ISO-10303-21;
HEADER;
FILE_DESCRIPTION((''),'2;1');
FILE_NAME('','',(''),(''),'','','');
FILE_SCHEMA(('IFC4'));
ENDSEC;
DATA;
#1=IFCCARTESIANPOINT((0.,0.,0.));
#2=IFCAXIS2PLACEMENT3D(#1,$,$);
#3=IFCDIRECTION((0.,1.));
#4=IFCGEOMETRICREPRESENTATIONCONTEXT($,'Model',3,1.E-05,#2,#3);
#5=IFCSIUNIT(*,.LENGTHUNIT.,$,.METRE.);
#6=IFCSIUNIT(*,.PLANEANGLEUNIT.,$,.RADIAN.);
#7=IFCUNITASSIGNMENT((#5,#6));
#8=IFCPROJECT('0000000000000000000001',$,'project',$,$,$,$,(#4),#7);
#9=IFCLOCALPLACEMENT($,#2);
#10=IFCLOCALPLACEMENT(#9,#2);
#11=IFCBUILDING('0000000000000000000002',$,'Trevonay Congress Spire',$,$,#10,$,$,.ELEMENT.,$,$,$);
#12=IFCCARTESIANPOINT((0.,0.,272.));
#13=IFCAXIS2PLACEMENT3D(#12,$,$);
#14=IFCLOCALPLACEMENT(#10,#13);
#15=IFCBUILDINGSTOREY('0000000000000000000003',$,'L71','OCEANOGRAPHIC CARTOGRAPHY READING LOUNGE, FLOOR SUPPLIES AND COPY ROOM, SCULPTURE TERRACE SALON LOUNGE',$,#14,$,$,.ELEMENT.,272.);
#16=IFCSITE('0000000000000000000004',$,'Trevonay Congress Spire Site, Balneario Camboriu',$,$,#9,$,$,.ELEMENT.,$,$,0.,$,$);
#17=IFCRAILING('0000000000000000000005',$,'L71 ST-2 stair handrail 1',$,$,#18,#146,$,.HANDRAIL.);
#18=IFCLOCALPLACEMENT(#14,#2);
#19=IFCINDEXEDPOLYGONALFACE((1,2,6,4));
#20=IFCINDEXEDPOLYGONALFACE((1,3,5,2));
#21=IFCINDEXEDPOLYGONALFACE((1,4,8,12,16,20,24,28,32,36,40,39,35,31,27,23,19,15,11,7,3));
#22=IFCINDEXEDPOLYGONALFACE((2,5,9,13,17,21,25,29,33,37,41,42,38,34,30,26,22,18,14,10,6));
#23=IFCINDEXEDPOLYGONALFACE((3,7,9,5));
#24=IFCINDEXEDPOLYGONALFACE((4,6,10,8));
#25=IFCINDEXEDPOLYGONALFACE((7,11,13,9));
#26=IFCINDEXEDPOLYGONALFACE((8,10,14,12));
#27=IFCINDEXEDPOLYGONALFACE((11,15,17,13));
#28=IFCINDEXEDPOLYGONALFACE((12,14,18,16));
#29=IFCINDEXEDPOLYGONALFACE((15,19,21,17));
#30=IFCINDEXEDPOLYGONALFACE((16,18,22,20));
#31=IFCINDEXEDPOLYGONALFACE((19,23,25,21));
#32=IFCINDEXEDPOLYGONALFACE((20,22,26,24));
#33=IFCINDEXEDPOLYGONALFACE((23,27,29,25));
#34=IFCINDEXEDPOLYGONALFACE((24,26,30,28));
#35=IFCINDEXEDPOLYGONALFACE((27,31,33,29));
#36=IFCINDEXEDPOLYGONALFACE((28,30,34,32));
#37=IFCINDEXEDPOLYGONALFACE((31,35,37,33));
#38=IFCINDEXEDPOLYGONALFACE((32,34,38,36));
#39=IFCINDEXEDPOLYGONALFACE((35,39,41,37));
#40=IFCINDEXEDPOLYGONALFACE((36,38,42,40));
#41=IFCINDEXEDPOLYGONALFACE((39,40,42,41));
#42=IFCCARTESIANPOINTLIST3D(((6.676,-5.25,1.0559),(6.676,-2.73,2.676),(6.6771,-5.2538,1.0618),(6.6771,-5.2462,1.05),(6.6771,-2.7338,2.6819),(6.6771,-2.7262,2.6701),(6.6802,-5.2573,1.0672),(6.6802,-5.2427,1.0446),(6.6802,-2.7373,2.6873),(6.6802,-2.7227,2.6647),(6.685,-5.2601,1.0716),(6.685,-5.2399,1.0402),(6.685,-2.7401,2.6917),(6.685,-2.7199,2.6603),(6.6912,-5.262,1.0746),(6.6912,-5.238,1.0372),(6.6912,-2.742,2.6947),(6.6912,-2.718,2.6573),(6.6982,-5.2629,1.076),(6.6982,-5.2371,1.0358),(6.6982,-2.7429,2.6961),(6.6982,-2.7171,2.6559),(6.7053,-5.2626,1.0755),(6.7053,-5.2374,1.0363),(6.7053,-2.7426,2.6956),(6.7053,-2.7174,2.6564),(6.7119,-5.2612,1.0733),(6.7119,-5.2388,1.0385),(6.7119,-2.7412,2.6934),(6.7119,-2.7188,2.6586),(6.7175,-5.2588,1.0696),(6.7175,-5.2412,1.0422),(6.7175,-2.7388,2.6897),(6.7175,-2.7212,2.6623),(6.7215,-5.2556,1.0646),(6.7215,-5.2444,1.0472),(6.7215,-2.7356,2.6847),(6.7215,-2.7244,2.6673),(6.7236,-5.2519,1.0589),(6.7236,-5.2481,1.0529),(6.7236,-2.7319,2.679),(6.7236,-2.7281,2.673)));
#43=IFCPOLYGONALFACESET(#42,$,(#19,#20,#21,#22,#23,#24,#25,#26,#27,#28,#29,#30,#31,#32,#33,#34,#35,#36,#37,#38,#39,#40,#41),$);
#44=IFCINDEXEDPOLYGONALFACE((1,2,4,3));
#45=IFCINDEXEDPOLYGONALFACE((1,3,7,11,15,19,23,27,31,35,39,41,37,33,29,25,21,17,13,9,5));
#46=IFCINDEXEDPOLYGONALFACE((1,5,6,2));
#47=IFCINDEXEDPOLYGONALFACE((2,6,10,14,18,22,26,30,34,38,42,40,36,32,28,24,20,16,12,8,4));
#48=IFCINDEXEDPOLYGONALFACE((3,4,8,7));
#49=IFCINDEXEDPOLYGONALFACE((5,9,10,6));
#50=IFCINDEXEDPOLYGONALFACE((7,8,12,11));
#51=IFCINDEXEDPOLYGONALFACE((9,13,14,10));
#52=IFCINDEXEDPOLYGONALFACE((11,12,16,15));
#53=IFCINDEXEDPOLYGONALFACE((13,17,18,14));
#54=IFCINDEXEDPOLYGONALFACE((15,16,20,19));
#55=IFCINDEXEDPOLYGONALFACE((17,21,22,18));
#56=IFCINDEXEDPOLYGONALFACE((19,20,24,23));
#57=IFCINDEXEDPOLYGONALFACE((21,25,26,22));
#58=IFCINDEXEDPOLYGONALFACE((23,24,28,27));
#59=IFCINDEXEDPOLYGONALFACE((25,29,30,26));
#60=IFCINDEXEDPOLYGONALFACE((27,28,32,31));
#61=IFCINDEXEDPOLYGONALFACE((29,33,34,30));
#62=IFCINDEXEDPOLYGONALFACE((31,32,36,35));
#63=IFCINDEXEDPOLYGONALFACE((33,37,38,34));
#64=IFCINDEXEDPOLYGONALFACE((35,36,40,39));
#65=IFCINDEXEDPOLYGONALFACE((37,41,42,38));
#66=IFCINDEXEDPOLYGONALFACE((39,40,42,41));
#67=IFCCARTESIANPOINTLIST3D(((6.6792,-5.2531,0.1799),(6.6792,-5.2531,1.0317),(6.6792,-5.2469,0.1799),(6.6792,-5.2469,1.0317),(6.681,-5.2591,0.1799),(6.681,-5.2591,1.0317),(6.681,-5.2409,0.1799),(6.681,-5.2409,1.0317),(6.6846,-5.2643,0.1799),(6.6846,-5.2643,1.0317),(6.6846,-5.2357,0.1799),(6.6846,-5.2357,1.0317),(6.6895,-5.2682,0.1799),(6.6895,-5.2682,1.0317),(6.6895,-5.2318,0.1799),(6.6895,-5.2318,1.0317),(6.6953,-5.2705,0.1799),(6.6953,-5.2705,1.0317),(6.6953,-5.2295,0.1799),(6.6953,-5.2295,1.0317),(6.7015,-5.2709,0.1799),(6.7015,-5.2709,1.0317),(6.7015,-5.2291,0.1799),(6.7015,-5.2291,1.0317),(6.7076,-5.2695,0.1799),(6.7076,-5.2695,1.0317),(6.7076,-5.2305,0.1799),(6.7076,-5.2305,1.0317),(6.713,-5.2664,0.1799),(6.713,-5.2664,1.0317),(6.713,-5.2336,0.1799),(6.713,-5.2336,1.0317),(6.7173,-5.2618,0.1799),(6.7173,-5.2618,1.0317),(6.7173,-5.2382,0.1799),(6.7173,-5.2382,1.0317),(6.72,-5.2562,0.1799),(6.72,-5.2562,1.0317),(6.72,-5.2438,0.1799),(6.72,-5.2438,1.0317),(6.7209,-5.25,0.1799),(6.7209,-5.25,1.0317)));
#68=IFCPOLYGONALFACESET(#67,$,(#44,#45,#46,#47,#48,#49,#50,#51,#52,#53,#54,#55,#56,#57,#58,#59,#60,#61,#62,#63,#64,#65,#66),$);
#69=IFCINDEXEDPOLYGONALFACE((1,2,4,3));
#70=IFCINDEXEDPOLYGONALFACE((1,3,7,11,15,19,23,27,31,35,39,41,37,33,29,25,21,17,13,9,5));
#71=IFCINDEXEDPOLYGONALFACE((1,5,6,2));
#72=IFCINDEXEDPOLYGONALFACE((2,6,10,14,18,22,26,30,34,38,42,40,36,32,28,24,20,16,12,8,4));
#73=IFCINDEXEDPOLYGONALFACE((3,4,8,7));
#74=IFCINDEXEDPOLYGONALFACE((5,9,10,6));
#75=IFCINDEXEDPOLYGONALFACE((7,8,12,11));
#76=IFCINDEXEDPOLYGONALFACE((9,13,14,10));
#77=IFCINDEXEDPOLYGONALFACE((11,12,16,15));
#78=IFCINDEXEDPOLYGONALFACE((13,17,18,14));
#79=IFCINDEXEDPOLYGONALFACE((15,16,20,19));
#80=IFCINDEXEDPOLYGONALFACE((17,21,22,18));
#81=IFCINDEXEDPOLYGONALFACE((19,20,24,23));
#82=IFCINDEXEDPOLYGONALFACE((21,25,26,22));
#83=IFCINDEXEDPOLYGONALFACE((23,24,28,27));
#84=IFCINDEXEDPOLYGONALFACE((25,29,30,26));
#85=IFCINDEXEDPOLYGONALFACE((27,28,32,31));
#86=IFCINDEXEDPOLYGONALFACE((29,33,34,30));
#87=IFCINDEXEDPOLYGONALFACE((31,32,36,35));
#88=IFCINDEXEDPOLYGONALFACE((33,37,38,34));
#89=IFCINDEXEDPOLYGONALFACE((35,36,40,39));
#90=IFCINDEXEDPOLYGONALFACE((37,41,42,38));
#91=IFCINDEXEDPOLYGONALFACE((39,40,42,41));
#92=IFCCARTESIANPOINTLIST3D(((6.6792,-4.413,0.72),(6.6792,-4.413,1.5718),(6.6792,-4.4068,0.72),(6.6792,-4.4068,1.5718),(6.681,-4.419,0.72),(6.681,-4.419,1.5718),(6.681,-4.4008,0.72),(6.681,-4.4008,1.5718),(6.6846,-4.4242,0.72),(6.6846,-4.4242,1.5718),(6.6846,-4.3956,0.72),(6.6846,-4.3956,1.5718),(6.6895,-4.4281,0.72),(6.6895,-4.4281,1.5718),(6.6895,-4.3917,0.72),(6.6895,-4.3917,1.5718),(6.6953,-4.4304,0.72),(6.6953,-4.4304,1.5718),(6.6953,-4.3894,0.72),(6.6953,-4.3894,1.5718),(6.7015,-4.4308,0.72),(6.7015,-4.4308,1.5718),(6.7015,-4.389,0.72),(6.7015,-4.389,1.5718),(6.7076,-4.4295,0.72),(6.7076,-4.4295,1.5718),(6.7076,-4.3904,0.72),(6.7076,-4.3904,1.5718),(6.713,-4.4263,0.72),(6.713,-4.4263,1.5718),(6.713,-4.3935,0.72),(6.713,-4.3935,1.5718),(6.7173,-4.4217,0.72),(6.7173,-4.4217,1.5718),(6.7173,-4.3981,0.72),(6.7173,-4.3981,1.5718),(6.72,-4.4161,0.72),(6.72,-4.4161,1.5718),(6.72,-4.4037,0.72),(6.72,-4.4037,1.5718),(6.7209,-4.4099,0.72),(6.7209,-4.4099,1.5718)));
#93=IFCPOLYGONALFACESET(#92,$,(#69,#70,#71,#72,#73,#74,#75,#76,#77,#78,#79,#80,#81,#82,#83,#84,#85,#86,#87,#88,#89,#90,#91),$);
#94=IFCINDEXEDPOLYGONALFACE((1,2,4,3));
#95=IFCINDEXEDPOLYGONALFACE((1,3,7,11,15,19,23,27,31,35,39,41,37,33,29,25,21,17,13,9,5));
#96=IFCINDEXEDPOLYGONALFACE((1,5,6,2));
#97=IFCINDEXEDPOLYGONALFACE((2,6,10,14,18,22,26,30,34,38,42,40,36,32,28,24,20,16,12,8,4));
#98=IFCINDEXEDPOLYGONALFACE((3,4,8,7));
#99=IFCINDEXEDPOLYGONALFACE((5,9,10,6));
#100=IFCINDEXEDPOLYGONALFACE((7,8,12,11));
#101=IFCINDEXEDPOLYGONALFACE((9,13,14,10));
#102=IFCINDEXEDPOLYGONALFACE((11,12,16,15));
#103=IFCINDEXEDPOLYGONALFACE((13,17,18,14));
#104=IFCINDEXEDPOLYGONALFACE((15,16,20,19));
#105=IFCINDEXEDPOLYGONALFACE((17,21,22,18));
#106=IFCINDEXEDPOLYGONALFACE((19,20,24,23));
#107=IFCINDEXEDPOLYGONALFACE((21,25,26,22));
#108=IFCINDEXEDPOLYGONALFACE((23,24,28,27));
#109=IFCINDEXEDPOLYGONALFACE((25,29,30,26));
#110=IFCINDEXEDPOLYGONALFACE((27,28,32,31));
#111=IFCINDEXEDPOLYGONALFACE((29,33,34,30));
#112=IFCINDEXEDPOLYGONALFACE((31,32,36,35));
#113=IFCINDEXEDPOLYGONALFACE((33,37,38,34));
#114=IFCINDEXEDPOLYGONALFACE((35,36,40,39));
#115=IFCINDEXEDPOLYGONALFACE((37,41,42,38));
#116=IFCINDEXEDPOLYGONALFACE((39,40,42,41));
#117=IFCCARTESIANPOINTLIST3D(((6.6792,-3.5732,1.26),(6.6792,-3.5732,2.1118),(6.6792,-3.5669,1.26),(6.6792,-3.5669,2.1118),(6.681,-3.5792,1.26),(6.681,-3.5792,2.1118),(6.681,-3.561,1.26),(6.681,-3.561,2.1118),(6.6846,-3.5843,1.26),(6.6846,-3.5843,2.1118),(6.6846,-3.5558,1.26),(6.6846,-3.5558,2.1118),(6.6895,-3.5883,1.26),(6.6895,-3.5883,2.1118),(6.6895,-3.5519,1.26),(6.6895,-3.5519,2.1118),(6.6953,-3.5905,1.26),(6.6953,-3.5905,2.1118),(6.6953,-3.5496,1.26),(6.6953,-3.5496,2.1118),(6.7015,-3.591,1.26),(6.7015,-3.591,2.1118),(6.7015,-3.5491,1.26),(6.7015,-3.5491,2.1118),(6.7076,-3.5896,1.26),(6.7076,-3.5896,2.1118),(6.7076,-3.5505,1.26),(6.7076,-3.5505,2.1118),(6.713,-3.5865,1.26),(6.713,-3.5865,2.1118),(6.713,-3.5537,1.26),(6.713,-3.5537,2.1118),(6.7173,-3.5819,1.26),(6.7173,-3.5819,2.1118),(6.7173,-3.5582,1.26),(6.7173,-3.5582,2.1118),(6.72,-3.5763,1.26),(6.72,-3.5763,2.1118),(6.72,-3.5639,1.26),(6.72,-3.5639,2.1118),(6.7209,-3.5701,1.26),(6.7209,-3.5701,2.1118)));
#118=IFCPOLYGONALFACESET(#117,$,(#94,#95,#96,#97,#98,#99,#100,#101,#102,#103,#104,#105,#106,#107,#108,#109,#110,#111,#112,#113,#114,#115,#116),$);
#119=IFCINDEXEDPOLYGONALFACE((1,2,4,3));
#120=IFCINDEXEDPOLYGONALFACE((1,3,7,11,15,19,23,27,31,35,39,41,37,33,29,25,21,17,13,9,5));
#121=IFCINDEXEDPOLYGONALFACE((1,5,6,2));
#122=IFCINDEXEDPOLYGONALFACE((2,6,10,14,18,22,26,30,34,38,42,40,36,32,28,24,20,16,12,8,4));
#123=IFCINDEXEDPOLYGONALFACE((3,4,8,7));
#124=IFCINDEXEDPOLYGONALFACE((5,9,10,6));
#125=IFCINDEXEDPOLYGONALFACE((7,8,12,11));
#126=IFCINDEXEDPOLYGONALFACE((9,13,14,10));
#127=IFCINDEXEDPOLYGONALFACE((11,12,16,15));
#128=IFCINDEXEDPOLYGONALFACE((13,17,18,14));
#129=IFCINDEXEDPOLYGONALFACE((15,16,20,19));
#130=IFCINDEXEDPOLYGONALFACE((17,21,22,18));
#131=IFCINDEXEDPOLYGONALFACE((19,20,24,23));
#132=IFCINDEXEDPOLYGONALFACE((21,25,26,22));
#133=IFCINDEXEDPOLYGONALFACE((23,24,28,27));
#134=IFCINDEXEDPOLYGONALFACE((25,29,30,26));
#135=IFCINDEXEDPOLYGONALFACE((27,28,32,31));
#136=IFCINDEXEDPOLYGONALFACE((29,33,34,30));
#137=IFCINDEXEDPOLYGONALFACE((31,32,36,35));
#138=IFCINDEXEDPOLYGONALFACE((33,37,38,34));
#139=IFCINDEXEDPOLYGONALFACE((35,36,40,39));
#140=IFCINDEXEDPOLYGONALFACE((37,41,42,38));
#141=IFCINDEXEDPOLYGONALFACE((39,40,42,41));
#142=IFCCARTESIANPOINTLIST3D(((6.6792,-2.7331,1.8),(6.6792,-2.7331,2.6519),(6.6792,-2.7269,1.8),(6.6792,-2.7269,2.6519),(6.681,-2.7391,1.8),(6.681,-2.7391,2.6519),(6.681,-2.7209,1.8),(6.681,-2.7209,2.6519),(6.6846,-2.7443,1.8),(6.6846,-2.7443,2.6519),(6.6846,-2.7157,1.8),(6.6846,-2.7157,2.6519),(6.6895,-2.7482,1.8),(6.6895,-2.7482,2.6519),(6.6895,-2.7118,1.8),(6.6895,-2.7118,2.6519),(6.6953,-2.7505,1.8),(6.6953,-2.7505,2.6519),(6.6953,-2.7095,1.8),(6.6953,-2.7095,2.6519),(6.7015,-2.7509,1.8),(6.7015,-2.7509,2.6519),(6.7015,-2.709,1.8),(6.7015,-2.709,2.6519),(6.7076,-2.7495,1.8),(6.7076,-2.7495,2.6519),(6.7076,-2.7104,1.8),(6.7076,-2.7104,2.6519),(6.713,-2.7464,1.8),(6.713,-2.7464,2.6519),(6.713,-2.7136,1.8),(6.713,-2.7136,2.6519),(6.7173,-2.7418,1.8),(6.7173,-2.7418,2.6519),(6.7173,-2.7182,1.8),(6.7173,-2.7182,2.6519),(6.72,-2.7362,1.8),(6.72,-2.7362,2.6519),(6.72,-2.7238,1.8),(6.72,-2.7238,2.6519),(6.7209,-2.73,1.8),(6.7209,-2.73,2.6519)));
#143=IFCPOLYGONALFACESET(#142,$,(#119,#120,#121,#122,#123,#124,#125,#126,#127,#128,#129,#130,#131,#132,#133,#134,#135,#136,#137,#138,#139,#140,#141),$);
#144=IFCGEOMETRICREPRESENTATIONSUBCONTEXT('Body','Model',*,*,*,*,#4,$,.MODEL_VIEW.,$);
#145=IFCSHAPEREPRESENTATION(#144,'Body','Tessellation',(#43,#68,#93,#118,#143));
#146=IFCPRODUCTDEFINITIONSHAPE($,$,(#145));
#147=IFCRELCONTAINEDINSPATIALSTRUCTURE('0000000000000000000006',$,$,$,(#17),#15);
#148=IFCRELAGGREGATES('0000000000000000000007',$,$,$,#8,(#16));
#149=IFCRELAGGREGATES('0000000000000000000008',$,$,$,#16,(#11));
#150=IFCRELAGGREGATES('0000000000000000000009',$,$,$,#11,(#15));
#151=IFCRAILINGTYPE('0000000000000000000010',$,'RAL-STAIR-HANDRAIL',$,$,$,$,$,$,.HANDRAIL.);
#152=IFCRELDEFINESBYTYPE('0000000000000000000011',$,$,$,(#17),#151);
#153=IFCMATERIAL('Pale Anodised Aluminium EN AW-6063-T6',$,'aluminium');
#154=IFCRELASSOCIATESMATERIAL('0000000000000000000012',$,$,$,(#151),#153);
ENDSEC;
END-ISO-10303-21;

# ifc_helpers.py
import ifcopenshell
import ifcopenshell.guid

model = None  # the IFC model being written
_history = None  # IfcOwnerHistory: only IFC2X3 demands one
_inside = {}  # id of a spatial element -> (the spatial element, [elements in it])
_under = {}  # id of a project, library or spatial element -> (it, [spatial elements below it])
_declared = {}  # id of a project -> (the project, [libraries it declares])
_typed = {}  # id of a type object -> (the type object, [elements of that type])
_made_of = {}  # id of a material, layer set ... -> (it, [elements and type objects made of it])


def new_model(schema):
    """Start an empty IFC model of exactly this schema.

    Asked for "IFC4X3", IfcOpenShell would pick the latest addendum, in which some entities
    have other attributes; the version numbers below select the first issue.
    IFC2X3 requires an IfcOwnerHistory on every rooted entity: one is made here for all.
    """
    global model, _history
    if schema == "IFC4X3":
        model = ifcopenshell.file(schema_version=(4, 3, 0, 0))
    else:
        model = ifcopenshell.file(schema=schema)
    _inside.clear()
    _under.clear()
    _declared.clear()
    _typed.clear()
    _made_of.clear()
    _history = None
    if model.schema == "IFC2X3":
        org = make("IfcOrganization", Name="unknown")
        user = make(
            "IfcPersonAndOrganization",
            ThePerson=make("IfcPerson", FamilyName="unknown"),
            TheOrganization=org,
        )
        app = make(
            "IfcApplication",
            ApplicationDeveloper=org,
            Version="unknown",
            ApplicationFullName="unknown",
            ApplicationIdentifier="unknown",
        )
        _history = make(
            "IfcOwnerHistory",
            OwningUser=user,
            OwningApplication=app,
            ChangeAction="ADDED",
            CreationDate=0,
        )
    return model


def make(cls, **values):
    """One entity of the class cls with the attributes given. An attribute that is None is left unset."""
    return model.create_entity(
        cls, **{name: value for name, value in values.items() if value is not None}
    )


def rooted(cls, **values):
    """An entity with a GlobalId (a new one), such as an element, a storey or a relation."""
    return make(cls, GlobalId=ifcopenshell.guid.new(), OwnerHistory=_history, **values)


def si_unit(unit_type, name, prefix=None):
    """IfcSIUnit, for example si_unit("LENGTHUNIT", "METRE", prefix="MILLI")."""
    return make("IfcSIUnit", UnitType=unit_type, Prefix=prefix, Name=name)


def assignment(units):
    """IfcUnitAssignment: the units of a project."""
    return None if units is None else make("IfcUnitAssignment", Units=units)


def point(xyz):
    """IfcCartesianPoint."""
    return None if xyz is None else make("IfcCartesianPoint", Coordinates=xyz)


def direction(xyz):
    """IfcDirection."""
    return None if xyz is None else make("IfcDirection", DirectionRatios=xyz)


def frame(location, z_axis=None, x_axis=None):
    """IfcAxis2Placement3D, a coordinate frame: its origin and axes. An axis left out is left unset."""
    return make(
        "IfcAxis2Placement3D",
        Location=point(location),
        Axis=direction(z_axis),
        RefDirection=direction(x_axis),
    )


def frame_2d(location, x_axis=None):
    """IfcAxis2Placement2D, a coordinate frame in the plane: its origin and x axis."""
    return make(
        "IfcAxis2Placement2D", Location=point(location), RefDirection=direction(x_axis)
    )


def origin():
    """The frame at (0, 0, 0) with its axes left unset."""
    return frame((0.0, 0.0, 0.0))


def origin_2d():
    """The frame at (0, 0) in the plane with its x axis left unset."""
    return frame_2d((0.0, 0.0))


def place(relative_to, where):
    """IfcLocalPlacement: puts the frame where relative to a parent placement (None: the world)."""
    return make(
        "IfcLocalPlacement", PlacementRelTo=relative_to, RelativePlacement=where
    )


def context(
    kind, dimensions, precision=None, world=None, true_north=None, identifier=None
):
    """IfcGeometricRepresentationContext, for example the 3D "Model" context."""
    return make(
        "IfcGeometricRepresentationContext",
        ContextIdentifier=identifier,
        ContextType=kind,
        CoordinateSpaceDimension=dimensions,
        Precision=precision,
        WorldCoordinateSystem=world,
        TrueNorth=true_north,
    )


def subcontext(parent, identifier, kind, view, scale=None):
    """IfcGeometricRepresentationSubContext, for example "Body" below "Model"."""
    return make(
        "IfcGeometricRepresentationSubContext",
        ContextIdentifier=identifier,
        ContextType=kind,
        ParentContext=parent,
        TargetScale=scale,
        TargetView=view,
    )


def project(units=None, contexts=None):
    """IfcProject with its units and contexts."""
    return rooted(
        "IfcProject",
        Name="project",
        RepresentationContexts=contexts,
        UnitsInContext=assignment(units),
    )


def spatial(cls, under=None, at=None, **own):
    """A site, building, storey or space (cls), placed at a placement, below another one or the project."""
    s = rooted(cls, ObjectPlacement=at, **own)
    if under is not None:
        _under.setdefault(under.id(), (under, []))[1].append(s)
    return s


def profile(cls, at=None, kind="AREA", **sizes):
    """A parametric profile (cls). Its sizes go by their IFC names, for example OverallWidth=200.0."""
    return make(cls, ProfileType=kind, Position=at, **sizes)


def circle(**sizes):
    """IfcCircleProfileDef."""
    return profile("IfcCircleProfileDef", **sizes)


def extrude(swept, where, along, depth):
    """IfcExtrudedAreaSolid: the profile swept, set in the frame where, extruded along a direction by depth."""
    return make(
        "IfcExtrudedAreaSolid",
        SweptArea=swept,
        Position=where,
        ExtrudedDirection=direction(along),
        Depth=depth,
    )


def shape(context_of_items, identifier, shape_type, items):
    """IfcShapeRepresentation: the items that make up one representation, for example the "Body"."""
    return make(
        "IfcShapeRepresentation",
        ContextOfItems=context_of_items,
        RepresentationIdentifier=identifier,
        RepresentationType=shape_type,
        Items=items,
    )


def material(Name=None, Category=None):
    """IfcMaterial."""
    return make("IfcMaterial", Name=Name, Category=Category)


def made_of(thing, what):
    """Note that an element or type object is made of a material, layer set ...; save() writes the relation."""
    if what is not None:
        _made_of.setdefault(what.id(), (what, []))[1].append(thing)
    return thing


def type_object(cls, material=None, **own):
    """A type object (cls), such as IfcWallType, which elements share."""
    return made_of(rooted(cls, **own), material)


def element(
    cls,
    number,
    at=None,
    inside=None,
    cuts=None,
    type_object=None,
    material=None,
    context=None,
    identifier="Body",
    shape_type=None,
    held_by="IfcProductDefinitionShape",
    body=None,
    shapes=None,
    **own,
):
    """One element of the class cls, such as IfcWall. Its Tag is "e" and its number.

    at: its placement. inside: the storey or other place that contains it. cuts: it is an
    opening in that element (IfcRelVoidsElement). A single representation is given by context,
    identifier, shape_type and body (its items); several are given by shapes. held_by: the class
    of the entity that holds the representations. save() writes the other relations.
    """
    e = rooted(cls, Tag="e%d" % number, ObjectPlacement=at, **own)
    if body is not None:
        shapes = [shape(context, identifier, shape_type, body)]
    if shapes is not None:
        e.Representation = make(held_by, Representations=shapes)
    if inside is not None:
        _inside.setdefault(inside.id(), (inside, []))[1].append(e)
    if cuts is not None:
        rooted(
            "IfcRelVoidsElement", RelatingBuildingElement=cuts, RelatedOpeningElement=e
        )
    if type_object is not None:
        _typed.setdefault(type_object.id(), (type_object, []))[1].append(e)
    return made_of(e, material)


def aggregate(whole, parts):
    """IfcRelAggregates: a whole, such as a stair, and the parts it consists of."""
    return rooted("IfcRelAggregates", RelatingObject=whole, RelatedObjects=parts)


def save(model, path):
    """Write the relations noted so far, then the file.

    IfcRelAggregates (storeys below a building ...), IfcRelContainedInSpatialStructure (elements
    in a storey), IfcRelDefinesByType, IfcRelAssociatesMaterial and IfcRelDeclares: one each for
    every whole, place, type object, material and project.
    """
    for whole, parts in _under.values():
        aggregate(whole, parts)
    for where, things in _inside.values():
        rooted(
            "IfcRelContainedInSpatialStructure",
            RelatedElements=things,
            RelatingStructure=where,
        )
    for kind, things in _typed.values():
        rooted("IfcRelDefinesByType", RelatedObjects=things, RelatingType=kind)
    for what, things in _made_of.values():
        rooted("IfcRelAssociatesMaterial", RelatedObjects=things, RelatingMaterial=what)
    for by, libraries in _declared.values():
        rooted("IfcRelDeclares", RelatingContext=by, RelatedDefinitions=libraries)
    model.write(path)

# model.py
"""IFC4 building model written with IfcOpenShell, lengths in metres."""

from ifc_helpers import new_model, si_unit, direction, frame, origin, origin_2d, place, context, subcontext, project, spatial, circle, extrude, material, type_object, element, save


model = new_model("IFC4")

# Units and contexts
model_context = context("Model", 3, precision=1e-05, world=origin(), true_north=direction((0.0, 1.0)))
body_context = subcontext(model_context, "Body", "Model", "MODEL_VIEW")
ifc_project = project(units=[si_unit("LENGTHUNIT", "METRE"), si_unit("PLANEANGLEUNIT", "RADIAN")], contexts=[model_context])

# Site, building, storey
site_placement = place(None, origin())
site = spatial("IfcSite", under=ifc_project, at=site_placement, Name="Trevonay Congress Spire Site, Balneario Camboriu", CompositionType="ELEMENT", RefElevation=0.0)
building_placement = place(site_placement, origin())
building = spatial("IfcBuilding", under=site, at=building_placement, Name="Trevonay Congress Spire", CompositionType="ELEMENT")
storey_placement = place(building_placement, frame((0.0, 0.0, 272.0)))
storey = spatial("IfcBuildingStorey", under=building, at=storey_placement, Name="L71", Description="OCEANOGRAPHIC CARTOGRAPHY READING LOUNGE, FLOOR SUPPLIES AND COPY ROOM, SCULPTURE TERRACE SALON LOUNGE", CompositionType="ELEMENT", Elevation=272.0)

# Shared definitions
ifc_material_1 = material(Name="Pale Anodised Aluminium EN AW-6063-T6", Category="aluminium")

# Railing
railing_type_1 = type_object("IfcRailingType", Name="RAL-STAIR-HANDRAIL", PredefinedType="HANDRAIL", material=ifc_material_1)
railing_1_placement = place(storey_placement, frame((6.7, -5.25, 0.1799)))
element("IfcRailing", 1, at=railing_1_placement, inside=storey, type_object=railing_type_1, Name="L71 ST-2 stair handrail 1", PredefinedType="HANDRAIL", context=body_context, shape_type="SweptSolid", body=[
    extrude(circle(Radius=0.0239, at=origin_2d()), frame((0.0, 0.0, 0.876), z_axis=(0.0, 0.841163, 0.540782), x_axis=(-1.0, 0.0, 0.0)), (0.0, 0.0, 1.0), 2.9958),
    extrude(circle(Radius=0.021, at=origin_2d()), origin(), (0.0, 0.0, 1.0), 0.8518),
    extrude(circle(Radius=0.021, at=origin_2d()), frame((0.0, 0.8401, 0.54)), (0.0, 0.0, 1.0), 0.8518),
    extrude(circle(Radius=0.021, at=origin_2d()), frame((0.0, 1.6799, 1.0801)), (0.0, 0.0, 1.0), 0.8518),
    extrude(circle(Radius=0.021, at=origin_2d()), frame((0.0, 2.52, 1.6201)), (0.0, 0.0, 1.0), 0.8518),
])

save(model, "model.ifc")
